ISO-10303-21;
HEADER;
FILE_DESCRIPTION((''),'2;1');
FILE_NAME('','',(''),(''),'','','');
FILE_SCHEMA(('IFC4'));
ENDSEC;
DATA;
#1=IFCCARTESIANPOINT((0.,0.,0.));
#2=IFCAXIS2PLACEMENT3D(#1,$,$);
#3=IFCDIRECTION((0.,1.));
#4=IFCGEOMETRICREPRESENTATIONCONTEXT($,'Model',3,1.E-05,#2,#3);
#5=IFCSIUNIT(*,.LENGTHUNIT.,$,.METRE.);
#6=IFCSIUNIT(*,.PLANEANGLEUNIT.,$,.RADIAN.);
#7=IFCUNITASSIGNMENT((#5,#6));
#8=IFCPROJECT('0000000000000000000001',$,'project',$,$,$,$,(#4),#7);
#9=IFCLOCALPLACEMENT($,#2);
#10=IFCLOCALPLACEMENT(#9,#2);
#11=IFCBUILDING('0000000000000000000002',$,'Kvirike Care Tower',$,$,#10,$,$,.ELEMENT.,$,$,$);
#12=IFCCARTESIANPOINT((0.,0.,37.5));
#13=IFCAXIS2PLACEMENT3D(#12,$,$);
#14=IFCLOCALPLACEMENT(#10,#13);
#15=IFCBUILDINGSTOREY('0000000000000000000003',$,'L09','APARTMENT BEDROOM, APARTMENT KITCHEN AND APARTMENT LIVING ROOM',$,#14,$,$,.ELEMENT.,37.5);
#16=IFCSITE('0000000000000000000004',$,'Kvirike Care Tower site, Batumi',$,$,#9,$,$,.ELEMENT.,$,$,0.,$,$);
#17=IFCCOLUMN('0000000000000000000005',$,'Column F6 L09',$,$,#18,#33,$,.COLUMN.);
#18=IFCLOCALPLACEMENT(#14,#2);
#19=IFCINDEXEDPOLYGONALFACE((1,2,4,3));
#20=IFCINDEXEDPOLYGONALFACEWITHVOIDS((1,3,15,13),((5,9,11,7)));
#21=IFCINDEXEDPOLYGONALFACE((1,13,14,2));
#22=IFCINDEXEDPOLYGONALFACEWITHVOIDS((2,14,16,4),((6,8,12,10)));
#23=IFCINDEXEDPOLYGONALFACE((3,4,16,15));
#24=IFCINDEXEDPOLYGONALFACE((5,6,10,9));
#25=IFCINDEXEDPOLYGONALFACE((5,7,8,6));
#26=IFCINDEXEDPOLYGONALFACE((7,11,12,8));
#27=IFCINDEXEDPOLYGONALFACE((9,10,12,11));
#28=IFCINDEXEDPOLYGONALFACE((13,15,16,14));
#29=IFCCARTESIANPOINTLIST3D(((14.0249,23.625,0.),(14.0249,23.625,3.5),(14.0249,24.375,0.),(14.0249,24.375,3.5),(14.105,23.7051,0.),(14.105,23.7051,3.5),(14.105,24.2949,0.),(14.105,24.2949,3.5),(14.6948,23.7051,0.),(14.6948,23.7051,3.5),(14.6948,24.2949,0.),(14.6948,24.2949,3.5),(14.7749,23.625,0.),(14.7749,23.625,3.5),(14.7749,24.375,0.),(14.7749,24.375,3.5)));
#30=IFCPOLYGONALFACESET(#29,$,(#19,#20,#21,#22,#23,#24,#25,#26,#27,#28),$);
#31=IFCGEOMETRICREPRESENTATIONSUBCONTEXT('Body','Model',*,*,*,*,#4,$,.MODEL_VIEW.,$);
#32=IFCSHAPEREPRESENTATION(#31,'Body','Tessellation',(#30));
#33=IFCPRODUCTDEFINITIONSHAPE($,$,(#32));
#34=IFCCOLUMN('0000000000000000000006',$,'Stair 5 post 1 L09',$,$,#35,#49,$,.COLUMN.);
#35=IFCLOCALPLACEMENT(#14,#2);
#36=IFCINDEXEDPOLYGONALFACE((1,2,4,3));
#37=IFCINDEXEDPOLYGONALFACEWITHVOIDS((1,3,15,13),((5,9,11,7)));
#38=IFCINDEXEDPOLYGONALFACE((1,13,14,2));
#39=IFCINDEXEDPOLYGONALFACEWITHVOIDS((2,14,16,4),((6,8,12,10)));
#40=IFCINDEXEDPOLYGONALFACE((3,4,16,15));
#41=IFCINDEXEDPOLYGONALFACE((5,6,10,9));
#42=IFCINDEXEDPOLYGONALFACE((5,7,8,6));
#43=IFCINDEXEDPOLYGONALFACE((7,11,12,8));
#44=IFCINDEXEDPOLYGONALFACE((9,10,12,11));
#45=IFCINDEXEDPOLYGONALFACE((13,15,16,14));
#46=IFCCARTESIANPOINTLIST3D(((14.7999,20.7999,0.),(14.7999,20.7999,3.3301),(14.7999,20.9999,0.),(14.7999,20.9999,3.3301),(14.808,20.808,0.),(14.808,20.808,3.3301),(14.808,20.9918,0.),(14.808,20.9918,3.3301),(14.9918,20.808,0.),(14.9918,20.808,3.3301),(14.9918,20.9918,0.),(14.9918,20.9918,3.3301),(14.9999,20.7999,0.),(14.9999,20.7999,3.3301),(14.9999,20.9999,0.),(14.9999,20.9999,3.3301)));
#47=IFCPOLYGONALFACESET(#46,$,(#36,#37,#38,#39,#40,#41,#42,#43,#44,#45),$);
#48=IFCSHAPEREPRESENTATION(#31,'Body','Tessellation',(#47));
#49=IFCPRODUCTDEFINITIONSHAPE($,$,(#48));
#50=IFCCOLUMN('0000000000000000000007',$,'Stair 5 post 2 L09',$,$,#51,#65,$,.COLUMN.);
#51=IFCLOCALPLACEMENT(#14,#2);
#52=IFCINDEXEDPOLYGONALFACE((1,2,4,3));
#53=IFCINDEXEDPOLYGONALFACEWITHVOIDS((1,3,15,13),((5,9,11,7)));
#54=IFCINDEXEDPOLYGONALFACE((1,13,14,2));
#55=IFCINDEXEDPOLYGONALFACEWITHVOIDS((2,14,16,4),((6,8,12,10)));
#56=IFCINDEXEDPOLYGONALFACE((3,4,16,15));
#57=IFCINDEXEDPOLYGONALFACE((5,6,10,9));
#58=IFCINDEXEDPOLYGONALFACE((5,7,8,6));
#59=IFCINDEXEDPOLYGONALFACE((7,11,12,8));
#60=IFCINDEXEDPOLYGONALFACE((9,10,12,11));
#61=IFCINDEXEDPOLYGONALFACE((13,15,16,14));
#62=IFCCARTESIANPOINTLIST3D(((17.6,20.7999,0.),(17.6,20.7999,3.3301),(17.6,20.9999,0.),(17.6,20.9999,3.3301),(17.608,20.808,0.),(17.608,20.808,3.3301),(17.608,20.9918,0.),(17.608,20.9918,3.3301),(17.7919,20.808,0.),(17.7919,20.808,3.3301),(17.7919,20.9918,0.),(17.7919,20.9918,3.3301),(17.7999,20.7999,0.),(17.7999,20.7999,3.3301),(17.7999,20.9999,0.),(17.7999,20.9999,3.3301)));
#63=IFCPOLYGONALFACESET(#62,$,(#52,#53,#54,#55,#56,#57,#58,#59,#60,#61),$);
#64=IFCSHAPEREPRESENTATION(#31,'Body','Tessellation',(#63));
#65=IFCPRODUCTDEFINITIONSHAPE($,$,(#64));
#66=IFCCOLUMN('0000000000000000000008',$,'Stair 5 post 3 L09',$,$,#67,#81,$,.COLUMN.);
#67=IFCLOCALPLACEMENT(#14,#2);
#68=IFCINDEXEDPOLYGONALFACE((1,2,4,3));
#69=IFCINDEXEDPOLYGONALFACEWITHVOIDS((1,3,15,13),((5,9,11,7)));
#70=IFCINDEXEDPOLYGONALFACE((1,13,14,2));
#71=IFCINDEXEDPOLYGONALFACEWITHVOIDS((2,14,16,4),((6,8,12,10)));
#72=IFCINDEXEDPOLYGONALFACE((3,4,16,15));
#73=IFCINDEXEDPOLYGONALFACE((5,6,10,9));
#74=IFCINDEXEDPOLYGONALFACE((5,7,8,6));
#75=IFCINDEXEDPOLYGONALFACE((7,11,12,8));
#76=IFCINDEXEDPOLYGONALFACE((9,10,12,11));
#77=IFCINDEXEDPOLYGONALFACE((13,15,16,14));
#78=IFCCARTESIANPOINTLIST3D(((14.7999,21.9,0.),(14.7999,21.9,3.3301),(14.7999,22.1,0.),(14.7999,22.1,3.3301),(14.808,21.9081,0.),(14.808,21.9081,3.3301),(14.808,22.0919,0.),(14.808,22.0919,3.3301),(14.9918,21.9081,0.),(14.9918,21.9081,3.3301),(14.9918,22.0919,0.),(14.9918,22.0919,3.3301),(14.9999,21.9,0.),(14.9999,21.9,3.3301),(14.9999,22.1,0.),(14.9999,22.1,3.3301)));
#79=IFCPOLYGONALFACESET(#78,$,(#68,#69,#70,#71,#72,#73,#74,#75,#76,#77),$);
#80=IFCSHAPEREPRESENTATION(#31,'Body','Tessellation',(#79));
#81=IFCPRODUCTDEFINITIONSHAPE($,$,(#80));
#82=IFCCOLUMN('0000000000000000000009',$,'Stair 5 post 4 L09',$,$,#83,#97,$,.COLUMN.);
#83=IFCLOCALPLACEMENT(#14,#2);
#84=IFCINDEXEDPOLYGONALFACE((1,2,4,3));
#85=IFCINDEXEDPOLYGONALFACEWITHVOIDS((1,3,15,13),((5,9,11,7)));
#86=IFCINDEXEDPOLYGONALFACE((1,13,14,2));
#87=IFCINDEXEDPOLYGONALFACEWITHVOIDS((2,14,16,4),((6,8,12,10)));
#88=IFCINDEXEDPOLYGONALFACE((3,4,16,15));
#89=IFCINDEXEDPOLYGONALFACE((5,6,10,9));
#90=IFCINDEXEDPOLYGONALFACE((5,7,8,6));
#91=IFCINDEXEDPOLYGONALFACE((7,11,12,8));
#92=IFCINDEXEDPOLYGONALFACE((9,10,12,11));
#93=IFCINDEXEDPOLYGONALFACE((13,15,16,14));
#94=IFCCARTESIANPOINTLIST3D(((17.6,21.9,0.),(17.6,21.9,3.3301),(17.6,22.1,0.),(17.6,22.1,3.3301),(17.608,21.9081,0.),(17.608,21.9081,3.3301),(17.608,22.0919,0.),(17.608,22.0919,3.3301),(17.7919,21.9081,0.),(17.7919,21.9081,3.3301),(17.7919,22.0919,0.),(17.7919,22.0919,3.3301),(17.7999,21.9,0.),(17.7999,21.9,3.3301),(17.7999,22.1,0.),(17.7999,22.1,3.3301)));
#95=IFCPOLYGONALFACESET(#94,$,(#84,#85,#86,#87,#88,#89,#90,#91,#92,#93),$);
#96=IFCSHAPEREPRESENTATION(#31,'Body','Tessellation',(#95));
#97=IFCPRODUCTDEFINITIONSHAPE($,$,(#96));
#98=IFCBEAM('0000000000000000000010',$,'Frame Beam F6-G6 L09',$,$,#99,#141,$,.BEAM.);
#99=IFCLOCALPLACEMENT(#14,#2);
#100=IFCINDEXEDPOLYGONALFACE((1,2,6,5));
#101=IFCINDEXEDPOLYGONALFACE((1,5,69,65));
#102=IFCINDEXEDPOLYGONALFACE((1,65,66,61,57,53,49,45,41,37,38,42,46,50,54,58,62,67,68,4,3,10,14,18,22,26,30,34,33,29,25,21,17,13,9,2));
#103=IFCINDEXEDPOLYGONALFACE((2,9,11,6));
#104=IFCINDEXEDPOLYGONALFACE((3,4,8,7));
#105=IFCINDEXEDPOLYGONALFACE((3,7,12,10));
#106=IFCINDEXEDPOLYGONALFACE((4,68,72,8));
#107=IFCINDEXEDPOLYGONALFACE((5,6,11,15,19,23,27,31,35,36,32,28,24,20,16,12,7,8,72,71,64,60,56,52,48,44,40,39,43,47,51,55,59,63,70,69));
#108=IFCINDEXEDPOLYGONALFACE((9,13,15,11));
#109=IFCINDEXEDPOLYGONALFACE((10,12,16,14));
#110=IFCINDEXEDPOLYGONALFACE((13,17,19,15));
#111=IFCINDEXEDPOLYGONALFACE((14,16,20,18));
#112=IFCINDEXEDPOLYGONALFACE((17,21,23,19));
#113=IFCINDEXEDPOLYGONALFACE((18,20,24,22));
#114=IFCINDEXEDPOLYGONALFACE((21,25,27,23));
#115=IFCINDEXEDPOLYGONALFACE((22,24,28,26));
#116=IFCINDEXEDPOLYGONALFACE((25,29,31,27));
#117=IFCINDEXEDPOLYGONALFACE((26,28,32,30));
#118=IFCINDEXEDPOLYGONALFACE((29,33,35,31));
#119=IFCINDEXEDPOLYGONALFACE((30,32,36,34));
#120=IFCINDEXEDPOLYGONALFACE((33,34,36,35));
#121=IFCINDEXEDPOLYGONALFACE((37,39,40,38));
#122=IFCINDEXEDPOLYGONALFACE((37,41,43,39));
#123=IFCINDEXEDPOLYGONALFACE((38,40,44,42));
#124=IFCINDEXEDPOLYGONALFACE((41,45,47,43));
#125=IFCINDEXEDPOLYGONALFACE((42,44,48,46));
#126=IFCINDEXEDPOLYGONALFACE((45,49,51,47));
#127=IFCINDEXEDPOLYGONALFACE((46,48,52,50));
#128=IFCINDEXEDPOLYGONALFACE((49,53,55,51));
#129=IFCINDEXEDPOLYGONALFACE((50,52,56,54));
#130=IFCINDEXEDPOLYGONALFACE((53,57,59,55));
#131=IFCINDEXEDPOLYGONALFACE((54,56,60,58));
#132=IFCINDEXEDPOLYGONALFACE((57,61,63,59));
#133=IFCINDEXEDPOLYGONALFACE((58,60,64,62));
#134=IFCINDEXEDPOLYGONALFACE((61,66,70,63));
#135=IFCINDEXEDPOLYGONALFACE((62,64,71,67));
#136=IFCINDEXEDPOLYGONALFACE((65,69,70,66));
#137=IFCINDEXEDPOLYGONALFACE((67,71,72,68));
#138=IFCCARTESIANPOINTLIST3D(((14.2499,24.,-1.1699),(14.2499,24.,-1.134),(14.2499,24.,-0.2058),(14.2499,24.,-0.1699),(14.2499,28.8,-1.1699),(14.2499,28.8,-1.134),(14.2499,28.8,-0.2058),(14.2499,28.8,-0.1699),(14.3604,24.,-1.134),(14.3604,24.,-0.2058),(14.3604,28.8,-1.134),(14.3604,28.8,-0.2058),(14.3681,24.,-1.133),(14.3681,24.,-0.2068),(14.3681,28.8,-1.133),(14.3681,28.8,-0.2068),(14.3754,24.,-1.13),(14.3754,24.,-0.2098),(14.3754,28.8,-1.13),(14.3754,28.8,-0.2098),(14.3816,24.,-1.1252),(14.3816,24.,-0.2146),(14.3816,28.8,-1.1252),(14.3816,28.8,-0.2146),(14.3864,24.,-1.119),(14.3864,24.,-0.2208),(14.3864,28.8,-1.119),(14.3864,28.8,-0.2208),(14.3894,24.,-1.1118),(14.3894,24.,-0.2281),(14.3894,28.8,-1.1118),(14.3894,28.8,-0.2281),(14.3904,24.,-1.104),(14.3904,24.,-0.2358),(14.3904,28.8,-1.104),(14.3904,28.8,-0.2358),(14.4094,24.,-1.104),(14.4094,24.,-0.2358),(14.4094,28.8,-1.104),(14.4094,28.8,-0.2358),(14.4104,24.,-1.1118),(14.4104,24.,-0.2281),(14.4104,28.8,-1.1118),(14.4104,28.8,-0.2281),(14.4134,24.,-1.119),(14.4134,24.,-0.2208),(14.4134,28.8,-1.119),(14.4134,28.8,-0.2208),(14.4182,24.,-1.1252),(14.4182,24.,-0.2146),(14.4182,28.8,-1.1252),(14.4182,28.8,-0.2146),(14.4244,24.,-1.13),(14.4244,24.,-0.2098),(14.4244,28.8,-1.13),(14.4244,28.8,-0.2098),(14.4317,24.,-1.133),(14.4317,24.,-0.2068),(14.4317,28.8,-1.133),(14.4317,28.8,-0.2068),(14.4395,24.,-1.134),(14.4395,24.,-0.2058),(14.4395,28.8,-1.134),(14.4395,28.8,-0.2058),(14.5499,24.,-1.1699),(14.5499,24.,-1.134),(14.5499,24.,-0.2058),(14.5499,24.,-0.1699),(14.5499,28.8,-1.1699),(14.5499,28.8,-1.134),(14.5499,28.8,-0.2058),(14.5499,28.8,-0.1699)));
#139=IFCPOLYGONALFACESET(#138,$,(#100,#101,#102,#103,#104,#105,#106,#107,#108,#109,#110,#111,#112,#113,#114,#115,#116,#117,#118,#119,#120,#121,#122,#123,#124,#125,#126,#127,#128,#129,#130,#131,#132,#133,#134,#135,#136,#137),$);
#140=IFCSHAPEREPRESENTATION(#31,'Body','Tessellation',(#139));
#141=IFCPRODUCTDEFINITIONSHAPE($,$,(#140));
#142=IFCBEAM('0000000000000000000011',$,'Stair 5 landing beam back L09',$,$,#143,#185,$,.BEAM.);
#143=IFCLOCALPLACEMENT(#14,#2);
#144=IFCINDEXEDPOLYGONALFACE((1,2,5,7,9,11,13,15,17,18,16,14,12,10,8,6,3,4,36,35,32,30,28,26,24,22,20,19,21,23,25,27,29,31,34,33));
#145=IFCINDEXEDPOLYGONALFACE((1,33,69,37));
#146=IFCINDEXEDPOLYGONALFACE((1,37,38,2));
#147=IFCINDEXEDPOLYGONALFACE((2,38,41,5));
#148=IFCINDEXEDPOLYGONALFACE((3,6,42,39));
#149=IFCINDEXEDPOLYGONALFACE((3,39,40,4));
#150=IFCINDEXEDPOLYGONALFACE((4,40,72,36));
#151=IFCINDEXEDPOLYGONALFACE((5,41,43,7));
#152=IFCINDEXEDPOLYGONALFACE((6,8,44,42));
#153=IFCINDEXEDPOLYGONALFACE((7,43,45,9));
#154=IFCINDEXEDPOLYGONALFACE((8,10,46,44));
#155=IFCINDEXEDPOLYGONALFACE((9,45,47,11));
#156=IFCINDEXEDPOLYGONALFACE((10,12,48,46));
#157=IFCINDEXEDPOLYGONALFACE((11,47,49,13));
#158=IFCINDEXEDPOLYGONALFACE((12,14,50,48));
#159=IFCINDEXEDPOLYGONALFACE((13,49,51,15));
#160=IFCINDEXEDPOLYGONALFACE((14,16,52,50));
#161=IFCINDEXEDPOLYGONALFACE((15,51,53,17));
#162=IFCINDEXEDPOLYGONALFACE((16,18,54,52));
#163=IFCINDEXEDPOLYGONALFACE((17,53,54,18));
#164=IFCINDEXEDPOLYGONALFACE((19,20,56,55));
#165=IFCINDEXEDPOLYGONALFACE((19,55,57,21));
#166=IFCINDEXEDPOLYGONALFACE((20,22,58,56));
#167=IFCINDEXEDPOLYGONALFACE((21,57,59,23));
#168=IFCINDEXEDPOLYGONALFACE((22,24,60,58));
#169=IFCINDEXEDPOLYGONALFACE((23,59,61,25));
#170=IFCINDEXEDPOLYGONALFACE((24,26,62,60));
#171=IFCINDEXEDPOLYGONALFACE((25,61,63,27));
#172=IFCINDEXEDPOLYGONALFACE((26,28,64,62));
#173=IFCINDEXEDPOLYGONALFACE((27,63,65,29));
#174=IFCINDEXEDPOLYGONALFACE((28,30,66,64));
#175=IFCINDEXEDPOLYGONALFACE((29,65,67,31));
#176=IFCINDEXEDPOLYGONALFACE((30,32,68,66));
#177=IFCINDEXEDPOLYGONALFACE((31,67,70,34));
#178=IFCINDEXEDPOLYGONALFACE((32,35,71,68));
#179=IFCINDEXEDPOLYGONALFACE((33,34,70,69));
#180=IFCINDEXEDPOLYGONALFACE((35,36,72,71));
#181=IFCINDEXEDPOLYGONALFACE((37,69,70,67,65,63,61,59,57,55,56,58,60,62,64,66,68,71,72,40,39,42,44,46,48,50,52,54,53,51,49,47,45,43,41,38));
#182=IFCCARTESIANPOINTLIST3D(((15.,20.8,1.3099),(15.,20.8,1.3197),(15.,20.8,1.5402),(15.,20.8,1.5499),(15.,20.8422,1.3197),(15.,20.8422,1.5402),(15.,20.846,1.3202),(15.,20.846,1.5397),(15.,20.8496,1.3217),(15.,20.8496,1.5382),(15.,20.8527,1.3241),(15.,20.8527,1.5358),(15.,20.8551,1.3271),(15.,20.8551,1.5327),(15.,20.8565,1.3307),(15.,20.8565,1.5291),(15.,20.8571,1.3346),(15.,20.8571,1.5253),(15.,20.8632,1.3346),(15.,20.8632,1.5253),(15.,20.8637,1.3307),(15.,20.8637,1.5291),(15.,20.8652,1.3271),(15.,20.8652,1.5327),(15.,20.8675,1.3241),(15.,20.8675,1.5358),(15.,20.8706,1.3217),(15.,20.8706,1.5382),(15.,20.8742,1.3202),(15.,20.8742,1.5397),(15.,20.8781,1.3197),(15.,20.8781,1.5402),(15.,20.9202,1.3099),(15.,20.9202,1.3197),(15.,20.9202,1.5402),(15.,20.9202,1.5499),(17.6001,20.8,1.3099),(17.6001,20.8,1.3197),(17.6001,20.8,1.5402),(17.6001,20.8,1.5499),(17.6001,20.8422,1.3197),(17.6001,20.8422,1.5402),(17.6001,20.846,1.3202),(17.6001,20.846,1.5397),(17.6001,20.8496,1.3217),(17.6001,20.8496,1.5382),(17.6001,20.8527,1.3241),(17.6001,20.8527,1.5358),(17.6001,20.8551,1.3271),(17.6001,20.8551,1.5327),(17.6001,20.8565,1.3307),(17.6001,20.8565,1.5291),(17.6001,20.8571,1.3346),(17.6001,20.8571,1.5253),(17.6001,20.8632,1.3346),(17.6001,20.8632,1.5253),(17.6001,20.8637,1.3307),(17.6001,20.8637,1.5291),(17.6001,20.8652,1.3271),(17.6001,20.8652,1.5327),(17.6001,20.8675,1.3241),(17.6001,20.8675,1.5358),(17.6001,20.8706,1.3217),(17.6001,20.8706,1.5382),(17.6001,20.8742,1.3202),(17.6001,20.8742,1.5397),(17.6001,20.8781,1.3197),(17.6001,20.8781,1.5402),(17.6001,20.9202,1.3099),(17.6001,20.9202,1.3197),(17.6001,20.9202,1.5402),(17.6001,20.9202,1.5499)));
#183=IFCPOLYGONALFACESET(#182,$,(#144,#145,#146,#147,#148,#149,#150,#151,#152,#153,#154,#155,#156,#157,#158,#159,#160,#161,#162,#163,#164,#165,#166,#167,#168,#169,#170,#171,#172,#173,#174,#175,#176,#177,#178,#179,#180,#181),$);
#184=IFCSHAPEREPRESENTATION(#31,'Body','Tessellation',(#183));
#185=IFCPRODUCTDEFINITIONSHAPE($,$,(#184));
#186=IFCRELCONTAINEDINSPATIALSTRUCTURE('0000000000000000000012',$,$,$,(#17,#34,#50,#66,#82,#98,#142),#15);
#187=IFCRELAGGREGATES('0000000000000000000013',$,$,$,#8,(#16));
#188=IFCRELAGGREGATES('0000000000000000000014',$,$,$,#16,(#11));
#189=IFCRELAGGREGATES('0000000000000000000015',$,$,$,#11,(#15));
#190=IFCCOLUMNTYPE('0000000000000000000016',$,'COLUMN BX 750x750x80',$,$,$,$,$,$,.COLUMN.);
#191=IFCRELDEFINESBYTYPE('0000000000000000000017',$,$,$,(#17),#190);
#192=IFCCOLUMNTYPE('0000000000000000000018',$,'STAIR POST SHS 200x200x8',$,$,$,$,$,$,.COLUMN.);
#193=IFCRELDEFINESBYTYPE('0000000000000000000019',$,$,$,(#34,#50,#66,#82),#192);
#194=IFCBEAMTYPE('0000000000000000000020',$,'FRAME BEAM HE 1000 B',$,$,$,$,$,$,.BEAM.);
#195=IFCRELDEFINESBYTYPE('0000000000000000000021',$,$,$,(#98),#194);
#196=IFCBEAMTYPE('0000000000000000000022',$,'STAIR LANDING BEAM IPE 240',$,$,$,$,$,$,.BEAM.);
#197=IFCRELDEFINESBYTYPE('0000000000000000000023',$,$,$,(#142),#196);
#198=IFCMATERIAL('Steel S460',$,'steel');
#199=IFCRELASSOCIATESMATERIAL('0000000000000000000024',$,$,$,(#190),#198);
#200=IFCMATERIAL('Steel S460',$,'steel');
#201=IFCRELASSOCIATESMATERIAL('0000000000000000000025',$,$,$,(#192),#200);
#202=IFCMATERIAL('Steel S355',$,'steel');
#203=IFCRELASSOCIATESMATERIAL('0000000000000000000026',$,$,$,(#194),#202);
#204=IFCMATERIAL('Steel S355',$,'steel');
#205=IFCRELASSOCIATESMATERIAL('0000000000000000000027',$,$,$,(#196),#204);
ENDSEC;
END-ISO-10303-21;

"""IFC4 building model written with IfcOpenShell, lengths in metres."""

from ifc_helpers import new_model, si_unit, direction, frame, origin, origin_2d, place, context, subcontext, project, spatial, hollow_rectangle, i_section, extrude, material, material_profile, profile_set, type_object, element, save


model = new_model("IFC4")

# Units and contexts
model_context = context("Model", 3, precision=1e-05, world=origin(), true_north=direction((0.0, 1.0)))
body_context = subcontext(model_context, "Body", "Model", "MODEL_VIEW")
ifc_project = project(units=[si_unit("LENGTHUNIT", "METRE"), si_unit("PLANEANGLEUNIT", "RADIAN")], contexts=[model_context])

# Site, building, storey
site_placement = place(None, origin())
site = spatial("IfcSite", under=ifc_project, at=site_placement, Name="Kvirike Care Tower site, Batumi", CompositionType="ELEMENT", RefElevation=0.0)
building_placement = place(site_placement, origin())
building = spatial("IfcBuilding", under=site, at=building_placement, Name="Kvirike Care Tower", CompositionType="ELEMENT")
storey_placement = place(building_placement, frame((0.0, 0.0, 37.5)))
storey = spatial("IfcBuildingStorey", under=building, at=storey_placement, Name="L09", Description="APARTMENT BEDROOM, APARTMENT KITCHEN AND APARTMENT LIVING ROOM", CompositionType="ELEMENT", Elevation=37.5)

# Columns
ifc_material_1 = material(Name="Steel S460", Category="steel")
ifc_material_profile_1 = material_profile(ifc_material_1, hollow_rectangle(XDim=0.75, YDim=0.75, WallThickness=0.0801, at=origin_2d()), Name="BX 750x750x80")
ifc_profile_set_1 = profile_set([ifc_material_profile_1], Name="Steel S460")
column_type_1 = type_object("IfcColumnType", Name="COLUMN BX 750x750x80", PredefinedType="COLUMN", material=ifc_profile_set_1)
column_placement = place(storey_placement, frame((14.3999, 24.0, 0.0), z_axis=(0.0, 0.0, 1.0), x_axis=(1.0, 0.0, 0.0)))
element("IfcColumn", 1, at=column_placement, inside=storey, type_object=column_type_1, Name="Column F6 L09", PredefinedType="COLUMN", context=body_context, shape_type="SweptSolid", body=[
    extrude(hollow_rectangle(XDim=0.75, YDim=0.75, WallThickness=0.0801, at=origin_2d()), origin(), (0.0, 0.0, 1.0), 3.5),
])
ifc_material_2 = material(Name="Steel S460", Category="steel")
ifc_material_profile_2 = material_profile(ifc_material_2, hollow_rectangle(XDim=0.2, YDim=0.2, WallThickness=0.0081, at=origin_2d()), Name="SHS 200x200x8")
ifc_profile_set_2 = profile_set([ifc_material_profile_2], Name="Steel S460")
column_type_2 = type_object("IfcColumnType", Name="STAIR POST SHS 200x200x8", PredefinedType="COLUMN", material=ifc_profile_set_2)
for number, where, z_axis, x_axis, name in (
    (2, (14.8999, 20.8999, 0.0), (0.0, 0.0, 1.0), (1.0, 0.0, 0.0), "Stair 5 post 1 L09"),
    (3, (17.7, 20.8999, 0.0), (0.0, 0.0, 1.0), (1.0, 0.0, 0.0), "Stair 5 post 2 L09"),
    (4, (14.8999, 22.0, 0.0), (0.0, 0.0, 1.0), (1.0, 0.0, 0.0), "Stair 5 post 3 L09"),
    (5, (17.7, 22.0, 0.0), (0.0, 0.0, 1.0), (1.0, 0.0, 0.0), "Stair 5 post 4 L09"),
):
    element("IfcColumn", number, at=place(storey_placement, frame(where, z_axis=z_axis, x_axis=x_axis)), inside=storey, type_object=column_type_2, Name=name, PredefinedType="COLUMN", context=body_context, shape_type="SweptSolid", body=[
        extrude(hollow_rectangle(XDim=0.2, YDim=0.2, WallThickness=0.0081, at=origin_2d()), origin(), (0.0, 0.0, 1.0), 3.3301),
    ])

# Beams
ifc_material_3 = material(Name="Steel S355", Category="steel")
ifc_material_profile_3 = material_profile(ifc_material_3, i_section(OverallWidth=0.3, OverallDepth=1.0, WebThickness=0.019, FlangeThickness=0.0359, FilletRadius=0.03, at=origin_2d()), Name="HE 1000 B")
ifc_profile_set_3 = profile_set([ifc_material_profile_3], Name="Steel S355")
beam_type_1 = type_object("IfcBeamType", Name="FRAME BEAM HE 1000 B", PredefinedType="BEAM", material=ifc_profile_set_3)
beam_placement = place(storey_placement, frame((14.3999, 24.0, -0.6699), z_axis=(0.0, 1.0, 0.0), x_axis=(-1.0, 0.0, 0.0)))
element("IfcBeam", 6, at=beam_placement, inside=storey, type_object=beam_type_1, Name="Frame Beam F6-G6 L09", PredefinedType="BEAM", context=body_context, shape_type="SweptSolid", body=[
    extrude(i_section(OverallWidth=0.3, OverallDepth=1.0, WebThickness=0.019, FlangeThickness=0.0359, FilletRadius=0.03, at=origin_2d()), origin(), (0.0, 0.0, 1.0), 4.8),
])
ifc_material_4 = material(Name="Steel S355", Category="steel")
ifc_material_profile_4 = material_profile(ifc_material_4, i_section(OverallWidth=0.1201, OverallDepth=0.24, WebThickness=0.0061, FlangeThickness=0.0098, FilletRadius=0.0149, at=origin_2d()), Name="IPE 240")
ifc_profile_set_4 = profile_set([ifc_material_profile_4], Name="Steel S355")
beam_type_2 = type_object("IfcBeamType", Name="STAIR LANDING BEAM IPE 240", PredefinedType="BEAM", material=ifc_profile_set_4)
for number, where, z_axis, x_axis, name in (
    (7, (15.0, 20.8601, 1.4299), (1.0, 0.0, 0.0), (0.0, 1.0, 0.0), "Stair 5 landing beam back L09"),
):
    element("IfcBeam", number, at=place(storey_placement, frame(where, z_axis=z_axis, x_axis=x_axis)), inside=storey, type_object=beam_type_2, Name=name, PredefinedType="BEAM", context=body_context, shape_type="SweptSolid", body=[
        extrude(i_section(OverallWidth=0.1201, OverallDepth=0.24, WebThickness=0.0061, FlangeThickness=0.0098, FilletRadius=0.0149, at=origin_2d()), origin(), (0.0, 0.0, 1.0), 2.6001),
    ])

save(model, "model.ifc")
